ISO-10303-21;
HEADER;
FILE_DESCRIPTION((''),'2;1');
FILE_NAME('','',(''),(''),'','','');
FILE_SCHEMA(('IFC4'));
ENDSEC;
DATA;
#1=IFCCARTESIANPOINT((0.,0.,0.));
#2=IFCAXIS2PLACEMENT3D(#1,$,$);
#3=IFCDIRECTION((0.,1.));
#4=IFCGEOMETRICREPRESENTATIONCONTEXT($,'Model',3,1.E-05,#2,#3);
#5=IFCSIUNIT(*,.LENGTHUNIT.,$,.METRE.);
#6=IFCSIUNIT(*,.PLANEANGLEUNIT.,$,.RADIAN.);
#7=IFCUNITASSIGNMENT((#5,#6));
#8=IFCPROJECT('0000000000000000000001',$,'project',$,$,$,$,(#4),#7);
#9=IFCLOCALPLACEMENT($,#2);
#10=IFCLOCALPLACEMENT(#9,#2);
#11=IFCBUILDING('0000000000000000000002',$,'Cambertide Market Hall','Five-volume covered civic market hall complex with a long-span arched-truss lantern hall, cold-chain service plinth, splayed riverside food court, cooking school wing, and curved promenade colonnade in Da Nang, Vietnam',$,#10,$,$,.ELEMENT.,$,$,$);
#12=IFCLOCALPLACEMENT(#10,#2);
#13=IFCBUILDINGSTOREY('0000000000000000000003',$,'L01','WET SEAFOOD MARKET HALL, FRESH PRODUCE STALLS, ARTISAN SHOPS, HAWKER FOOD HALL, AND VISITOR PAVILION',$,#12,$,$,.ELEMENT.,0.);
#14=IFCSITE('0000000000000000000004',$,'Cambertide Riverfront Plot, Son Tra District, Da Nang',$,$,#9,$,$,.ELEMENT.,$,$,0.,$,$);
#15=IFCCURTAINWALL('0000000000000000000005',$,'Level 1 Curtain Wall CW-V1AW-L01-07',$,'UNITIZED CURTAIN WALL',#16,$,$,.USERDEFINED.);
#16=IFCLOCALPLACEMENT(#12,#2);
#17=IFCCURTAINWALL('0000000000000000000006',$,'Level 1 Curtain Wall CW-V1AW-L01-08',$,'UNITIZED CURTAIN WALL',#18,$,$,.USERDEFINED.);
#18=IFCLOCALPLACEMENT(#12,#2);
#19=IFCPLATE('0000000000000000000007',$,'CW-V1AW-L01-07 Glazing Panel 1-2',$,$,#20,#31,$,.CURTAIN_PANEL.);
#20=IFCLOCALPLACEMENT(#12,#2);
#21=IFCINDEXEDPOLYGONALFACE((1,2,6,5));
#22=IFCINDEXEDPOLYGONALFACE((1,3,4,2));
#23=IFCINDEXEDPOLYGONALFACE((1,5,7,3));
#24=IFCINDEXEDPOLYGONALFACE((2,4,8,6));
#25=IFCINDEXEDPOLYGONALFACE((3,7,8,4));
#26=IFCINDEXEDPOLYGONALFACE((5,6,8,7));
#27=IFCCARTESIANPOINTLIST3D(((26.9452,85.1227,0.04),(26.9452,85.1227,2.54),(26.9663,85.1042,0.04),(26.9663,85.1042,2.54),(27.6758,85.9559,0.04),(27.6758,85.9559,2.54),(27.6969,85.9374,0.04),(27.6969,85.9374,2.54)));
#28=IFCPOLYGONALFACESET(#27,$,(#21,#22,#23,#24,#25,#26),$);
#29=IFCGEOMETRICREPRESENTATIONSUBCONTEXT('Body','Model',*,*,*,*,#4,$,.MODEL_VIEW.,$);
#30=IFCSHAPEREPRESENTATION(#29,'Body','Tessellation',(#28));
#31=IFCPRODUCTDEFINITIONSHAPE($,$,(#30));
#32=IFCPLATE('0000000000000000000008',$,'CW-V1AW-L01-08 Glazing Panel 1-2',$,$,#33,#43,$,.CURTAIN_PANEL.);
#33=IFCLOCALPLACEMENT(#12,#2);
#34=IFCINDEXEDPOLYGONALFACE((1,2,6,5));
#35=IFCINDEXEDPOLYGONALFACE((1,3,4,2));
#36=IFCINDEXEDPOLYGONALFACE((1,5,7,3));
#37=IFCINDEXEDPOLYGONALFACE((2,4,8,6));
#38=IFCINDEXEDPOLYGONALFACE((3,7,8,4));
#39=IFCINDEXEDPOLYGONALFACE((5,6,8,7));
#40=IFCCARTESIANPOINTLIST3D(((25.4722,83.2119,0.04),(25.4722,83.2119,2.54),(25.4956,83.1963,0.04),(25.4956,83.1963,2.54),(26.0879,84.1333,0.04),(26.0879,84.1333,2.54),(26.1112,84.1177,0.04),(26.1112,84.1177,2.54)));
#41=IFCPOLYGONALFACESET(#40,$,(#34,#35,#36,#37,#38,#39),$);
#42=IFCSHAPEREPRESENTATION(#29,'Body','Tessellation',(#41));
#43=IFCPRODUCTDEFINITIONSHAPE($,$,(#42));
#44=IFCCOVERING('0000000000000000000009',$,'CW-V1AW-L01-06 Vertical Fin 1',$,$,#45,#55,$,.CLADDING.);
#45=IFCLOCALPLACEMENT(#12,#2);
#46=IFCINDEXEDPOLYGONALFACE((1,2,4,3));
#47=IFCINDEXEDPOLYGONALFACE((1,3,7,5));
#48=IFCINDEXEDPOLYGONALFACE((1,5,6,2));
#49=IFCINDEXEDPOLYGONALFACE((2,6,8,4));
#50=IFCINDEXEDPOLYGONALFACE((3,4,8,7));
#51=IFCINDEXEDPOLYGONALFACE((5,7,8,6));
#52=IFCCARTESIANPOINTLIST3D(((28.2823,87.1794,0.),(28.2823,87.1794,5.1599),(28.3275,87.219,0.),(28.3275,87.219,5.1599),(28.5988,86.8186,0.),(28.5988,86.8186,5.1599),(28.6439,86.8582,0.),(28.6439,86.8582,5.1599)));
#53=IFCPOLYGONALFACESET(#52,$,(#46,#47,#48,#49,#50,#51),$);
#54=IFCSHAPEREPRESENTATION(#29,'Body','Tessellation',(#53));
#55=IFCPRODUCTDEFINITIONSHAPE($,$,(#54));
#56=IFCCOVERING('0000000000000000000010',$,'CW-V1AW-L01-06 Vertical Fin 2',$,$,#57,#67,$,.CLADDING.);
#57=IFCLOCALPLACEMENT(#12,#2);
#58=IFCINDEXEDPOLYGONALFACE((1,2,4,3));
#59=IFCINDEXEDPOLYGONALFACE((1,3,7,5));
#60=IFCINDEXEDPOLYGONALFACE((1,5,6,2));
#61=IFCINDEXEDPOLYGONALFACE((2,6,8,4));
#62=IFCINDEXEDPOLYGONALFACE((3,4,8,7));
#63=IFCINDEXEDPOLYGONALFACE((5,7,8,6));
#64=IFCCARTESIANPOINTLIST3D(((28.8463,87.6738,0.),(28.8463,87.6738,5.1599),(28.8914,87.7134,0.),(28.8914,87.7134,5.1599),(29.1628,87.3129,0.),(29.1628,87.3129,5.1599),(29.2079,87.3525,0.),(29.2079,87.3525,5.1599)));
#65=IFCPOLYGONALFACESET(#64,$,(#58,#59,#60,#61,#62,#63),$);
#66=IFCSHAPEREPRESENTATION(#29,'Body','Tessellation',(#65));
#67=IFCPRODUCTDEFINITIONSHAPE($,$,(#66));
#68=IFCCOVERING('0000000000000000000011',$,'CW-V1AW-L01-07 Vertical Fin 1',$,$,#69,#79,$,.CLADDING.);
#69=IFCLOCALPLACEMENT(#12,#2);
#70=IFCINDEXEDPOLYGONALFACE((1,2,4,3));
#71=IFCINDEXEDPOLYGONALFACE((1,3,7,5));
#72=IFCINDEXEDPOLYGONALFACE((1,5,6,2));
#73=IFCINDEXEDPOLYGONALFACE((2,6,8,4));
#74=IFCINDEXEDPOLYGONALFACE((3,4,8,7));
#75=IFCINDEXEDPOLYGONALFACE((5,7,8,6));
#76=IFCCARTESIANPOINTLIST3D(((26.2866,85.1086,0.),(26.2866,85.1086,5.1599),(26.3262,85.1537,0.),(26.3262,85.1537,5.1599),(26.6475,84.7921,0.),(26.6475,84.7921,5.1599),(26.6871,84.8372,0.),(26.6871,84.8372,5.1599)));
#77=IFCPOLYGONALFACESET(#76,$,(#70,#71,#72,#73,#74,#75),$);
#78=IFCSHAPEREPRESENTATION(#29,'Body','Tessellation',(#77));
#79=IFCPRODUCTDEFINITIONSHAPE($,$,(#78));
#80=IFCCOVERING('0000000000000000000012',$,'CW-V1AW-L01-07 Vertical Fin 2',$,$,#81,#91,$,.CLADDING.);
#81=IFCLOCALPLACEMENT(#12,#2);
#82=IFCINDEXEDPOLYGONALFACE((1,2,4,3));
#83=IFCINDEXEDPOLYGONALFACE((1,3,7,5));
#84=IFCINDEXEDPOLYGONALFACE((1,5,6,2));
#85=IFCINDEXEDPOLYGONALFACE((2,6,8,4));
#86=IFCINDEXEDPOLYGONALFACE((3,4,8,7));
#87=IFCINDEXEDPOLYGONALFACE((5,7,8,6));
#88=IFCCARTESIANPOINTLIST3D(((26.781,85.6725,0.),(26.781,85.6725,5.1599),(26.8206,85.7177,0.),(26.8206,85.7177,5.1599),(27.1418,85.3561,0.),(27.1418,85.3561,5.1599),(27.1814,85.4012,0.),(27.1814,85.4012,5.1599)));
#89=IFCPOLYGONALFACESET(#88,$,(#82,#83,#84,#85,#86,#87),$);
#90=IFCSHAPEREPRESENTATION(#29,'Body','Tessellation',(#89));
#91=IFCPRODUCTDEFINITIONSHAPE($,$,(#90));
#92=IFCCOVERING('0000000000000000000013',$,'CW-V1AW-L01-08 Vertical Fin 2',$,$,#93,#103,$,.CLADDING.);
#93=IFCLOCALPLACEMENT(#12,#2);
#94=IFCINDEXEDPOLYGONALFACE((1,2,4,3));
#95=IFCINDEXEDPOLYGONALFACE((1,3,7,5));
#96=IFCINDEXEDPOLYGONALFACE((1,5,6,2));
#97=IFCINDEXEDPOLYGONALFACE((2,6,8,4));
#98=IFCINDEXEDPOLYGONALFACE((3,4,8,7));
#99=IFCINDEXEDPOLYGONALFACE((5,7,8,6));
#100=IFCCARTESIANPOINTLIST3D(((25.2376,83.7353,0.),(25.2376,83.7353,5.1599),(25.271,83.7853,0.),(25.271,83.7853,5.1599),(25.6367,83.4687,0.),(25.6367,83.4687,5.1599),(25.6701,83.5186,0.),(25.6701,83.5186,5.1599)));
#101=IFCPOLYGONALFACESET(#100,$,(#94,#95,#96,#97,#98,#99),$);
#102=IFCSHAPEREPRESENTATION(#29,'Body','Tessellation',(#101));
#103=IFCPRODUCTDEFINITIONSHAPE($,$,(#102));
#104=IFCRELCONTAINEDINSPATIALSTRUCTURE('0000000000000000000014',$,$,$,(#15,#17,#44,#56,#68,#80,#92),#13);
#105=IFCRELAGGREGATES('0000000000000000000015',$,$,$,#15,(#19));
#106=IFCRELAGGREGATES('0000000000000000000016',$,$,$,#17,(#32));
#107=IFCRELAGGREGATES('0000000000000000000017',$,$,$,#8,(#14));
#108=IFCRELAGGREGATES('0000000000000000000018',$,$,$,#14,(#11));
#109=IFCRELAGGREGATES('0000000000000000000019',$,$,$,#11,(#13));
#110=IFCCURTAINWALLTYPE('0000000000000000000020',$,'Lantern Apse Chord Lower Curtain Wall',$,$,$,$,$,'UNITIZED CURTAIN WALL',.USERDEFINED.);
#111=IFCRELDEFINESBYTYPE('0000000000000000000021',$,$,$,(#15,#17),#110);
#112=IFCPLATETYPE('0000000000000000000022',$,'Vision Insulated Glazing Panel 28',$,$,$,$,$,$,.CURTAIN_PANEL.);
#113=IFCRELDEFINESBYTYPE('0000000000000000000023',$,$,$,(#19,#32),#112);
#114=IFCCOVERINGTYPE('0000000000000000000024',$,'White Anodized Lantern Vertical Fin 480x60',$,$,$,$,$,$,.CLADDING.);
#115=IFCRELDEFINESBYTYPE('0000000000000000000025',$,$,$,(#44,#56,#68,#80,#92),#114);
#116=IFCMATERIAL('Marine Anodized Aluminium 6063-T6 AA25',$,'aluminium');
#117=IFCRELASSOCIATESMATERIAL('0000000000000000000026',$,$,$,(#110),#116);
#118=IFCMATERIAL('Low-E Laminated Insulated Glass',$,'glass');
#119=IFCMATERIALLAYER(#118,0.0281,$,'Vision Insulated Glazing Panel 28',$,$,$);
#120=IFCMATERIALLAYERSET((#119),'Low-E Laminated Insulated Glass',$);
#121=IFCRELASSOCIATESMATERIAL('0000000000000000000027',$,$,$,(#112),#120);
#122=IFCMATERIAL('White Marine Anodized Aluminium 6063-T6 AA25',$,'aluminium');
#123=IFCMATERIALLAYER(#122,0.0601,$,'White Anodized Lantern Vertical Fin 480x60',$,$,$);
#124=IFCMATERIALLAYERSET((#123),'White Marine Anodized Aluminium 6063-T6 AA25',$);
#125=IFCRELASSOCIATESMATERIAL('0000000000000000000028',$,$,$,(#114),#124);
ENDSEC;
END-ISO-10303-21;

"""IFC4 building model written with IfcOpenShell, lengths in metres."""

from ifc_helpers import new_model, si_unit, direction, frame, origin, origin_2d, place, context, subcontext, project, spatial, rectangle, extrude, material, layer, layer_set, type_object, element, aggregate, save


model = new_model("IFC4")

# Units and contexts
model_context = context("Model", 3, precision=1e-05, world=origin(), true_north=direction((0.0, 1.0)))
body_context = subcontext(model_context, "Body", "Model", "MODEL_VIEW")
ifc_project = project(units=[si_unit("LENGTHUNIT", "METRE"), si_unit("PLANEANGLEUNIT", "RADIAN")], contexts=[model_context])

# Site, building, storey
site_placement = place(None, origin())
site = spatial("IfcSite", under=ifc_project, at=site_placement, Name="Cambertide Riverfront Plot, Son Tra District, Da Nang", CompositionType="ELEMENT", RefElevation=0.0)
building_placement = place(site_placement, origin())
building = spatial("IfcBuilding", under=site, at=building_placement, Name="Cambertide Market Hall", Description="Five-volume covered civic market hall complex with a long-span arched-truss lantern hall, cold-chain service plinth, splayed riverside food court, cooking school wing, and curved promenade colonnade in Da Nang, Vietnam", CompositionType="ELEMENT")
storey_placement = place(building_placement, origin())
storey = spatial("IfcBuildingStorey", under=building, at=storey_placement, Name="L01", Description="WET SEAFOOD MARKET HALL, FRESH PRODUCE STALLS, ARTISAN SHOPS, HAWKER FOOD HALL, AND VISITOR PAVILION", CompositionType="ELEMENT", Elevation=0.0)

# Shared definitions
ifc_material_1 = material(Name="Marine Anodized Aluminium 6063-T6 AA25", Category="aluminium")
curtain_wall_type = type_object("IfcCurtainWallType", Name="Lantern Apse Chord Lower Curtain Wall", ElementType="UNITIZED CURTAIN WALL", PredefinedType="USERDEFINED", material=ifc_material_1)

# Curtain wall
curtain_wall_1_placement = place(storey_placement, origin())
curtain_wall_1 = element("IfcCurtainWall", 1, at=curtain_wall_1_placement, inside=storey, type_object=curtain_wall_type, Name="Level 1 Curtain Wall CW-V1AW-L01-07", ObjectType="UNITIZED CURTAIN WALL", PredefinedType="USERDEFINED")

# Curtain wall
curtain_wall_2_placement = place(storey_placement, origin())
curtain_wall_2 = element("IfcCurtainWall", 2, at=curtain_wall_2_placement, inside=storey, type_object=curtain_wall_type, Name="Level 1 Curtain Wall CW-V1AW-L01-08", ObjectType="UNITIZED CURTAIN WALL", PredefinedType="USERDEFINED")

# Plates
ifc_material_2 = material(Name="Low-E Laminated Insulated Glass", Category="glass")
ifc_layer_1 = layer(ifc_material_2, 0.0281, Name="Vision Insulated Glazing Panel 28")
ifc_layer_set_1 = layer_set([ifc_layer_1], Name="Low-E Laminated Insulated Glass")
plate_type = type_object("IfcPlateType", Name="Vision Insulated Glazing Panel 28", PredefinedType="CURTAIN_PANEL", material=ifc_layer_set_1)
plate_1_placement = place(storey_placement, frame((27.321, 85.53, 0.04), z_axis=(0.0, 0.0, 1.0), x_axis=(0.659346, 0.75184, 0.0)))
plate_1 = element("IfcPlate", 3, at=plate_1_placement, type_object=plate_type, Name="CW-V1AW-L01-07 Glazing Panel 1-2", PredefinedType="CURTAIN_PANEL", context=body_context, shape_type="SweptSolid", body=[
    extrude(rectangle(XDim=1.1082, YDim=0.0281, at=origin_2d()), origin(), (0.0, 0.0, 1.0), 2.5),
])
aggregate(curtain_wall_1, [plate_1])
plate_2_placement = place(storey_placement, frame((25.7917, 83.6648, 0.04), z_axis=(0.0, 0.0, 1.0), x_axis=(0.55557, 0.83147, 0.0)))
plate_2 = element("IfcPlate", 4, at=plate_2_placement, type_object=plate_type, Name="CW-V1AW-L01-08 Glazing Panel 1-2", PredefinedType="CURTAIN_PANEL", context=body_context, shape_type="SweptSolid", body=[
    extrude(rectangle(XDim=1.1082, YDim=0.0281, at=origin_2d()), origin(), (0.0, 0.0, 1.0), 2.5),
])
aggregate(curtain_wall_2, [plate_2])

# Coverings
ifc_material_3 = material(Name="White Marine Anodized Aluminium 6063-T6 AA25", Category="aluminium")
ifc_layer_2 = layer(ifc_material_3, 0.0601, Name="White Anodized Lantern Vertical Fin 480x60")
ifc_layer_set_2 = layer_set([ifc_layer_2], Name="White Marine Anodized Aluminium 6063-T6 AA25")
covering_type = type_object("IfcCoveringType", Name="White Anodized Lantern Vertical Fin 480x60", PredefinedType="CLADDING", material=ifc_layer_set_2)
for number, where, z_axis, x_axis, name in (
    (5, (28.4631, 87.0188, 0.0), (0.0, 0.0, 1.0), (0.75184, 0.659346, 0.0), "CW-V1AW-L01-06 Vertical Fin 1"),
    (6, (29.0271, 87.5132, 0.0), (0.0, 0.0, 1.0), (0.75184, 0.659346, 0.0), "CW-V1AW-L01-06 Vertical Fin 2"),
    (7, (26.4868, 84.9729, 0.0), (0.0, 0.0, 1.0), (0.659346, 0.75184, 0.0), "CW-V1AW-L01-07 Vertical Fin 1"),
    (8, (26.9812, 85.5369, 0.0), (0.0, 0.0, 1.0), (0.659346, 0.75184, 0.0), "CW-V1AW-L01-07 Vertical Fin 2"),
    (9, (25.4539, 83.627, 0.0), (0.0, 0.0, 1.0), (0.55557, 0.83147, 0.0), "CW-V1AW-L01-08 Vertical Fin 2"),
):
    element("IfcCovering", number, at=place(storey_placement, frame(where, z_axis=z_axis, x_axis=x_axis)), inside=storey, type_object=covering_type, Name=name, PredefinedType="CLADDING", context=body_context, shape_type="SweptSolid", body=[
        extrude(rectangle(XDim=0.0601, YDim=0.48, at=origin_2d()), origin(), (0.0, 0.0, 1.0), 5.1599),
    ])

save(model, "model.ifc")
